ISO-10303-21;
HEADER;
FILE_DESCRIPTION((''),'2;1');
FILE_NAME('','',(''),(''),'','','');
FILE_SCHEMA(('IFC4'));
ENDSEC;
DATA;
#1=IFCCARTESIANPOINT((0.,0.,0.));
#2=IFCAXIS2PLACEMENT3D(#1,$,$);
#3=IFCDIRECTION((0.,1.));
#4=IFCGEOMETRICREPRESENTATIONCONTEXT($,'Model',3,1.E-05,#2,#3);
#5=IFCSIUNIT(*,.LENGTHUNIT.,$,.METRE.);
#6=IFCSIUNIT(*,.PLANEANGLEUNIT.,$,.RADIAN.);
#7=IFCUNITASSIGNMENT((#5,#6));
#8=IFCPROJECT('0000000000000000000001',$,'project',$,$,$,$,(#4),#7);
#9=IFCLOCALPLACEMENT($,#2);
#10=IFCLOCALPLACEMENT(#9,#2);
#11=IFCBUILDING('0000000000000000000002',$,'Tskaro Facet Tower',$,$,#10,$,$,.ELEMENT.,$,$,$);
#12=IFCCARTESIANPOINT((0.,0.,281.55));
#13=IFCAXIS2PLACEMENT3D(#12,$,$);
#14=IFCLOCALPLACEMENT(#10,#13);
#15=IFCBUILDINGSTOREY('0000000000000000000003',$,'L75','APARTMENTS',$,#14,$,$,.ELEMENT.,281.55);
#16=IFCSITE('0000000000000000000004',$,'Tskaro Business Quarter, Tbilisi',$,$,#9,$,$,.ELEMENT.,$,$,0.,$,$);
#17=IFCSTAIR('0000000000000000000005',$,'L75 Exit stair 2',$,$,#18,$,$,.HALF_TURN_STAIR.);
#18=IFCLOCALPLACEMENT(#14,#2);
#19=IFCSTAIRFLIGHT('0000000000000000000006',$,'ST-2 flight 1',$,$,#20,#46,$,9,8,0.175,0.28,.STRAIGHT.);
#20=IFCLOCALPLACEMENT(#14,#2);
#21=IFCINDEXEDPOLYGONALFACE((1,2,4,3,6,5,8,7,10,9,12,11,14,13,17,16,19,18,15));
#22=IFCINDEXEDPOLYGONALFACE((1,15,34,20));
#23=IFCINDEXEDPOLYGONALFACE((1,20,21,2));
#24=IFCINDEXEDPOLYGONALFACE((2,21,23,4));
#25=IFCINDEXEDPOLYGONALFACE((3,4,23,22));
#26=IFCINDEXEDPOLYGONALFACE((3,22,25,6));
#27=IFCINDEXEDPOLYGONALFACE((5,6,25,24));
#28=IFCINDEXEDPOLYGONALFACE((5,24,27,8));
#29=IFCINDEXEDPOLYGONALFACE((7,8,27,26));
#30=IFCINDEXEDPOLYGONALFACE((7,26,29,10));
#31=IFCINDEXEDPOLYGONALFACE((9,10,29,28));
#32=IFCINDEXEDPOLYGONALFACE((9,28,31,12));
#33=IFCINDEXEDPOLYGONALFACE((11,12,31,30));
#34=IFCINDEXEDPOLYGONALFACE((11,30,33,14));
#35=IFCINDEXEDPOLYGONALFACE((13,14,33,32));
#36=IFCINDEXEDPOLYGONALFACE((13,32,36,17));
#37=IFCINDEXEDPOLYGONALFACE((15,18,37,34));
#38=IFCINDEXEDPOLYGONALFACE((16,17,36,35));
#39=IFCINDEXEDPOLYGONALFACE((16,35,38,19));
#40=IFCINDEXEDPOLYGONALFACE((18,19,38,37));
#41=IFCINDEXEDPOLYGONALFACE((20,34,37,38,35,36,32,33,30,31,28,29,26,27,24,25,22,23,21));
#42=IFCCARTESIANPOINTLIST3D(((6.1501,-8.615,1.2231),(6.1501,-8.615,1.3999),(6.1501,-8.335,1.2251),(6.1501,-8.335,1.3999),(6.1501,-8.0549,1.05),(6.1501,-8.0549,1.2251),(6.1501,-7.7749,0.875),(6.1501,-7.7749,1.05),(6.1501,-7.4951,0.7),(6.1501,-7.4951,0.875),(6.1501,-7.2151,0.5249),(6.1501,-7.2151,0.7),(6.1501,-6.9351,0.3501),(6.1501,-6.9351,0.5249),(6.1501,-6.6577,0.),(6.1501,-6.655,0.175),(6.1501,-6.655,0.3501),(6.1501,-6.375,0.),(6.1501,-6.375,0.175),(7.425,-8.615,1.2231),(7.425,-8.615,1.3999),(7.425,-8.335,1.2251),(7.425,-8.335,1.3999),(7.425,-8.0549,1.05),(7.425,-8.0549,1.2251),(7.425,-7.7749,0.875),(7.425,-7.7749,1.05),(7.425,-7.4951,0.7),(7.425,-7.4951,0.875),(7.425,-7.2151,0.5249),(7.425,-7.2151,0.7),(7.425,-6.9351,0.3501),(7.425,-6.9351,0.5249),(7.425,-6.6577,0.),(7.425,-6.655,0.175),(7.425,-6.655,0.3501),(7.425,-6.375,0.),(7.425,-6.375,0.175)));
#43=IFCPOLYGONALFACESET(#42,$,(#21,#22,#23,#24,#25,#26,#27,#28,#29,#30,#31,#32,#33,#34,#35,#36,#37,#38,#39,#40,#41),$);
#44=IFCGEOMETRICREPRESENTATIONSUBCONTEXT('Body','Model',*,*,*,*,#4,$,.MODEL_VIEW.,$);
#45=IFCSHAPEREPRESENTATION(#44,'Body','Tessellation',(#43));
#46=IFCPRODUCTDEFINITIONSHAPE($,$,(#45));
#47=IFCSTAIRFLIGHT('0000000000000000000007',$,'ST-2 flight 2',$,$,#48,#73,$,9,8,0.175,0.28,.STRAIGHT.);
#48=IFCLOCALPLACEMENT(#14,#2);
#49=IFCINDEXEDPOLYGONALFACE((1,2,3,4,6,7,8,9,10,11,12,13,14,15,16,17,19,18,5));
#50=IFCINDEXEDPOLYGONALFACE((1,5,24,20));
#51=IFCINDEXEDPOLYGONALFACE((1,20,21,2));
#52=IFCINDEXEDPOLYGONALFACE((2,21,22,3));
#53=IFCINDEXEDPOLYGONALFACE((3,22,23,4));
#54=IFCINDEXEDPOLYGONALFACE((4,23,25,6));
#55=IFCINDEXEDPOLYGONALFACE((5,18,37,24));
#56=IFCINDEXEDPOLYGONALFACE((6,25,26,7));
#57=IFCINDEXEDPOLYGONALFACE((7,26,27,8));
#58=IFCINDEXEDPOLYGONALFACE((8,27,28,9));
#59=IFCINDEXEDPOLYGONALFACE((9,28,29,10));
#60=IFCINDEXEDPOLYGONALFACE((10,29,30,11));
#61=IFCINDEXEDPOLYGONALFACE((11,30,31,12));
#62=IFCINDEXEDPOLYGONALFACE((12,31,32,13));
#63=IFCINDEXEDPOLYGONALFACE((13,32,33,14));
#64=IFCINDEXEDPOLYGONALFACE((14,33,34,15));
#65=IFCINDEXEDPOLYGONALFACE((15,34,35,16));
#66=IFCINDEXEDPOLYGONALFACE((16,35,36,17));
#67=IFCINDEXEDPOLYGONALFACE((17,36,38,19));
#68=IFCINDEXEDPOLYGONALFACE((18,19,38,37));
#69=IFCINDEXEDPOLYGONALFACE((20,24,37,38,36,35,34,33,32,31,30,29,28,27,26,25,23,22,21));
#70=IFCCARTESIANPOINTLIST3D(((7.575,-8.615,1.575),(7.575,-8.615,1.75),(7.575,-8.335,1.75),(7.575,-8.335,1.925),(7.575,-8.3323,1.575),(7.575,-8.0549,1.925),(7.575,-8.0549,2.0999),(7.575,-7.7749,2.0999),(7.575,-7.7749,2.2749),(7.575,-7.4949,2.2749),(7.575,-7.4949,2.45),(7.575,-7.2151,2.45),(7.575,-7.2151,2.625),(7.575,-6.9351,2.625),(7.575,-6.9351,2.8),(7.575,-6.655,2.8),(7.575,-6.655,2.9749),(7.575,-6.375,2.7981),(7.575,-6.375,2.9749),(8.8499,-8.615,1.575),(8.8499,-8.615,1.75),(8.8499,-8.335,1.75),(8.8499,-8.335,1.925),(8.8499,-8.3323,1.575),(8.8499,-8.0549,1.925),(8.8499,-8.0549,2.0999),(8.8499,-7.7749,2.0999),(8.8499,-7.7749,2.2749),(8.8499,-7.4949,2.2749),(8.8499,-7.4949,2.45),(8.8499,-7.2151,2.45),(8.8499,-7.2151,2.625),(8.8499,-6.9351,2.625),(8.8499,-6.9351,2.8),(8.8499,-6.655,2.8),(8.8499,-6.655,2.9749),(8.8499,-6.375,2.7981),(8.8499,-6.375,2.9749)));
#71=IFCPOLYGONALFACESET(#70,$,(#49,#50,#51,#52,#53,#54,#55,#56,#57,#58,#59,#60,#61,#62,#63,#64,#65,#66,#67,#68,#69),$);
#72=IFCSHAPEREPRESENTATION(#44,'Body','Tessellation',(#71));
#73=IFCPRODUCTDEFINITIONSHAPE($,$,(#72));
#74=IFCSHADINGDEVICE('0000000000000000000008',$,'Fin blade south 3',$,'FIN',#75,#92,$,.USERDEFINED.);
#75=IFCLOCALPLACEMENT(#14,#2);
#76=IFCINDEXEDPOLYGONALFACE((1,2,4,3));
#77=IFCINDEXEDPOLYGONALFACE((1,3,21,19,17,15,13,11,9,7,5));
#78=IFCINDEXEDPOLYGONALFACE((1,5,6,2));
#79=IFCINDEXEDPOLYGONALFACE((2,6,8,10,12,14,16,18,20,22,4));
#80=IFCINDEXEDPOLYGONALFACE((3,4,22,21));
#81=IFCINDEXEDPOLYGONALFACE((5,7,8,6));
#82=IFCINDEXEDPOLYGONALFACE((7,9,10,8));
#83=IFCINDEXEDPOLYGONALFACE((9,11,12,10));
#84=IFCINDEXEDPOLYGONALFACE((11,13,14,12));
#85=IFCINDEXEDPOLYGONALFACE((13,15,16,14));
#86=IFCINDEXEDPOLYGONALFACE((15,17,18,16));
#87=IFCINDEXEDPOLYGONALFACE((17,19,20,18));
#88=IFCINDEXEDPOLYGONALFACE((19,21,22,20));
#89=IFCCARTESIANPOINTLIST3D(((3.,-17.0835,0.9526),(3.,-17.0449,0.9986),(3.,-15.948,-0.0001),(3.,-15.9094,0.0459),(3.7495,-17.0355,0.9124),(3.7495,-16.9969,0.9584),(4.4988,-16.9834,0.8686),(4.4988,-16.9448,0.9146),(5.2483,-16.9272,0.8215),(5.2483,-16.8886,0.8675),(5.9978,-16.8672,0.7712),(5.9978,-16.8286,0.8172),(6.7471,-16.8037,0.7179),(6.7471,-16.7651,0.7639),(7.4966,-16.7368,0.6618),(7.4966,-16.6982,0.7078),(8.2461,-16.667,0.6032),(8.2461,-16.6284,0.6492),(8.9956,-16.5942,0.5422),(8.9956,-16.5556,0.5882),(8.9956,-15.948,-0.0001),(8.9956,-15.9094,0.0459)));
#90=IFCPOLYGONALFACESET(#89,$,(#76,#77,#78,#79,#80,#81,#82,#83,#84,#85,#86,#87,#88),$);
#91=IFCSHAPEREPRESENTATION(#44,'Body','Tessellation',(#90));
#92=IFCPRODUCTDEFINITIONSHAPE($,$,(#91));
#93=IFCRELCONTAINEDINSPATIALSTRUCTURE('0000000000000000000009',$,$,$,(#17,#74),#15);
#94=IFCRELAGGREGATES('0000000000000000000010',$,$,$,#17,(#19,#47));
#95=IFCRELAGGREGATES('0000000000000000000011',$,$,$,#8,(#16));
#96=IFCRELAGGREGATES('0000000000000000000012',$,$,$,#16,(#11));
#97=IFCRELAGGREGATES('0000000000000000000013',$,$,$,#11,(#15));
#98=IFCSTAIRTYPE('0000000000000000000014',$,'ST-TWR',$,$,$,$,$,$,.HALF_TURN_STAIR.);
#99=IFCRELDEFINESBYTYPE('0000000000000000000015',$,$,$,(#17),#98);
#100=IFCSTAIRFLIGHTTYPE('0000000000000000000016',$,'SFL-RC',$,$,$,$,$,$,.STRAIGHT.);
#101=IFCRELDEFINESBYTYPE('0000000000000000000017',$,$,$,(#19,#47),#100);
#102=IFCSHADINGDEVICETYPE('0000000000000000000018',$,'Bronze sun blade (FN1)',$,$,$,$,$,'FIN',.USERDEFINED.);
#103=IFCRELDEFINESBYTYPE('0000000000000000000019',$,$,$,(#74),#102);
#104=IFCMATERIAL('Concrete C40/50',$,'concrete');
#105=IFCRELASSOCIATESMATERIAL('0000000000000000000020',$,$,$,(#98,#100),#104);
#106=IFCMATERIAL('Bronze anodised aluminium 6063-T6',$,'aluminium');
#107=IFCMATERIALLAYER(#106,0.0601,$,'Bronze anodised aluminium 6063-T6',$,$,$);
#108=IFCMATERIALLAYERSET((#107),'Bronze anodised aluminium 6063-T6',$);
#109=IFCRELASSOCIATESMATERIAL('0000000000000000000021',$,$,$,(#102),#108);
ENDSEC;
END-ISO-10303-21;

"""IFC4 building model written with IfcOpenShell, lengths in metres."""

from ifc_helpers import new_model, si_unit, direction, frame, origin, place, context, subcontext, project, spatial, polyline, outline, extrude, material, layer, layer_set, type_object, element, aggregate, save


model = new_model("IFC4")

# Units and contexts
model_context = context("Model", 3, precision=1e-05, world=origin(), true_north=direction((0.0, 1.0)))
body_context = subcontext(model_context, "Body", "Model", "MODEL_VIEW")
ifc_project = project(units=[si_unit("LENGTHUNIT", "METRE"), si_unit("PLANEANGLEUNIT", "RADIAN")], contexts=[model_context])

# Site, building, storey
site_placement = place(None, origin())
site = spatial("IfcSite", under=ifc_project, at=site_placement, Name="Tskaro Business Quarter, Tbilisi", CompositionType="ELEMENT", RefElevation=0.0)
building_placement = place(site_placement, origin())
building = spatial("IfcBuilding", under=site, at=building_placement, Name="Tskaro Facet Tower", CompositionType="ELEMENT")
storey_placement = place(building_placement, frame((0.0, 0.0, 281.55)))
storey = spatial("IfcBuildingStorey", under=building, at=storey_placement, Name="L75", Description="APARTMENTS", CompositionType="ELEMENT", Elevation=281.55)

# Shared definitions
ifc_material_1 = material(Name="Bronze anodised aluminium 6063-T6", Category="aluminium")

# Stair, stair flights
ifc_material_2 = material(Name="Concrete C40/50", Category="concrete")
stair_type = type_object("IfcStairType", Name="ST-TWR", PredefinedType="HALF_TURN_STAIR", material=ifc_material_2)
stair_placement = place(storey_placement, origin())
stair = element("IfcStair", 1, at=stair_placement, inside=storey, type_object=stair_type, Name="L75 Exit stair 2", PredefinedType="HALF_TURN_STAIR")
stair_flight_type = type_object("IfcStairFlightType", Name="SFL-RC", PredefinedType="STRAIGHT", material=ifc_material_2)
stair_flight_1_placement = place(storey_placement, frame((6.7876, -6.375, 0.0), z_axis=(0.0, 0.0, 1.0), x_axis=(0.0, -1.0, 0.0)))
stair_flight_1 = element("IfcStairFlight", 2, at=stair_flight_1_placement, type_object=stair_flight_type, Name="ST-2 flight 1", NumberOfRisers=9, NumberOfTreads=8, PredefinedType="STRAIGHT", RiserHeight=0.175, TreadLength=0.28, context=body_context, shape_type="SweptSolid", body=[
    extrude(outline(polyline([(0.0, 0.0), (0.0, 0.175), (0.28, 0.175), (0.28, 0.3501), (0.5601, 0.3501), (0.5601, 0.5249), (0.8401, 0.5249), (0.8401, 0.7), (1.1201, 0.7), (1.1201, 0.875), (1.3999, 0.875), (1.3999, 1.05), (1.6799, 1.05), (1.6799, 1.2251), (1.96, 1.2251), (1.96, 1.3999), (2.24, 1.3999), (2.24, 1.575), (2.24, 1.2231), (0.2827, 0.0), (0.0, 0.0)])), frame((0.0, 0.6375, 0.0), z_axis=(0.0, -1.0, 0.0), x_axis=(1.0, 0.0, 0.0)), (0.0, 0.0, 1.0), 1.2749),
])
stair_flight_2_placement = place(storey_placement, frame((8.2124, -8.615, 1.575), z_axis=(0.0, 0.0, 1.0), x_axis=(0.0, 1.0, 0.0)))
stair_flight_2 = element("IfcStairFlight", 3, at=stair_flight_2_placement, type_object=stair_flight_type, Name="ST-2 flight 2", NumberOfRisers=9, NumberOfTreads=8, PredefinedType="STRAIGHT", RiserHeight=0.175, TreadLength=0.28, context=body_context, shape_type="SweptSolid", body=[
    extrude(outline(polyline([(0.0, 0.0), (0.0, 0.175), (0.28, 0.175), (0.28, 0.3501), (0.5601, 0.3501), (0.5601, 0.5249), (0.8401, 0.5249), (0.8401, 0.7), (1.1201, 0.7), (1.1201, 0.875), (1.3999, 0.875), (1.3999, 1.05), (1.6799, 1.05), (1.6799, 1.2251), (1.96, 1.2251), (1.96, 1.3999), (2.24, 1.3999), (2.24, 1.575), (2.24, 1.2231), (0.2827, 0.0), (0.0, 0.0)])), frame((0.0, 0.6375, 0.0), z_axis=(0.0, -1.0, 0.0), x_axis=(1.0, 0.0, 0.0)), (0.0, 0.0, 1.0), 1.2749),
])
aggregate(stair, [stair_flight_1, stair_flight_2])

# Shading device
ifc_layer_1 = layer(ifc_material_1, 0.0601, Name="Bronze anodised aluminium 6063-T6")
ifc_layer_set_1 = layer_set([ifc_layer_1], Name="Bronze anodised aluminium 6063-T6")
shading_device_type = type_object("IfcShadingDeviceType", Name="Bronze sun blade (FN1)", ElementType="FIN", PredefinedType="USERDEFINED", material=ifc_layer_set_1)
shading_device_placement = place(storey_placement, frame((3.0, -15.9094, 0.0459), z_axis=(-0.000008, 0.642765, 0.766064), x_axis=(1.0, 0.000005, 0.000006)))
element("IfcShadingDevice", 4, at=shading_device_placement, inside=storey, type_object=shading_device_type, Name="Fin blade south 3", ObjectType="FIN", PredefinedType="USERDEFINED", context=body_context, shape_type="SweptSolid", body=[
    extrude(outline(polyline([(0.0, 0.0), (5.9956, 0.0), (5.9956, -0.8436), (5.2461, -0.9386), (4.4966, -1.0297), (3.7471, -1.117), (2.9978, -1.1999), (2.2483, -1.2782), (1.4988, -1.3515), (0.7495, -1.4196), (0.0, -1.4822), (0.0, 0.0)])), origin(), (0.0, 0.0, -1.0), 0.0601),
])

save(model, "model.ifc")
